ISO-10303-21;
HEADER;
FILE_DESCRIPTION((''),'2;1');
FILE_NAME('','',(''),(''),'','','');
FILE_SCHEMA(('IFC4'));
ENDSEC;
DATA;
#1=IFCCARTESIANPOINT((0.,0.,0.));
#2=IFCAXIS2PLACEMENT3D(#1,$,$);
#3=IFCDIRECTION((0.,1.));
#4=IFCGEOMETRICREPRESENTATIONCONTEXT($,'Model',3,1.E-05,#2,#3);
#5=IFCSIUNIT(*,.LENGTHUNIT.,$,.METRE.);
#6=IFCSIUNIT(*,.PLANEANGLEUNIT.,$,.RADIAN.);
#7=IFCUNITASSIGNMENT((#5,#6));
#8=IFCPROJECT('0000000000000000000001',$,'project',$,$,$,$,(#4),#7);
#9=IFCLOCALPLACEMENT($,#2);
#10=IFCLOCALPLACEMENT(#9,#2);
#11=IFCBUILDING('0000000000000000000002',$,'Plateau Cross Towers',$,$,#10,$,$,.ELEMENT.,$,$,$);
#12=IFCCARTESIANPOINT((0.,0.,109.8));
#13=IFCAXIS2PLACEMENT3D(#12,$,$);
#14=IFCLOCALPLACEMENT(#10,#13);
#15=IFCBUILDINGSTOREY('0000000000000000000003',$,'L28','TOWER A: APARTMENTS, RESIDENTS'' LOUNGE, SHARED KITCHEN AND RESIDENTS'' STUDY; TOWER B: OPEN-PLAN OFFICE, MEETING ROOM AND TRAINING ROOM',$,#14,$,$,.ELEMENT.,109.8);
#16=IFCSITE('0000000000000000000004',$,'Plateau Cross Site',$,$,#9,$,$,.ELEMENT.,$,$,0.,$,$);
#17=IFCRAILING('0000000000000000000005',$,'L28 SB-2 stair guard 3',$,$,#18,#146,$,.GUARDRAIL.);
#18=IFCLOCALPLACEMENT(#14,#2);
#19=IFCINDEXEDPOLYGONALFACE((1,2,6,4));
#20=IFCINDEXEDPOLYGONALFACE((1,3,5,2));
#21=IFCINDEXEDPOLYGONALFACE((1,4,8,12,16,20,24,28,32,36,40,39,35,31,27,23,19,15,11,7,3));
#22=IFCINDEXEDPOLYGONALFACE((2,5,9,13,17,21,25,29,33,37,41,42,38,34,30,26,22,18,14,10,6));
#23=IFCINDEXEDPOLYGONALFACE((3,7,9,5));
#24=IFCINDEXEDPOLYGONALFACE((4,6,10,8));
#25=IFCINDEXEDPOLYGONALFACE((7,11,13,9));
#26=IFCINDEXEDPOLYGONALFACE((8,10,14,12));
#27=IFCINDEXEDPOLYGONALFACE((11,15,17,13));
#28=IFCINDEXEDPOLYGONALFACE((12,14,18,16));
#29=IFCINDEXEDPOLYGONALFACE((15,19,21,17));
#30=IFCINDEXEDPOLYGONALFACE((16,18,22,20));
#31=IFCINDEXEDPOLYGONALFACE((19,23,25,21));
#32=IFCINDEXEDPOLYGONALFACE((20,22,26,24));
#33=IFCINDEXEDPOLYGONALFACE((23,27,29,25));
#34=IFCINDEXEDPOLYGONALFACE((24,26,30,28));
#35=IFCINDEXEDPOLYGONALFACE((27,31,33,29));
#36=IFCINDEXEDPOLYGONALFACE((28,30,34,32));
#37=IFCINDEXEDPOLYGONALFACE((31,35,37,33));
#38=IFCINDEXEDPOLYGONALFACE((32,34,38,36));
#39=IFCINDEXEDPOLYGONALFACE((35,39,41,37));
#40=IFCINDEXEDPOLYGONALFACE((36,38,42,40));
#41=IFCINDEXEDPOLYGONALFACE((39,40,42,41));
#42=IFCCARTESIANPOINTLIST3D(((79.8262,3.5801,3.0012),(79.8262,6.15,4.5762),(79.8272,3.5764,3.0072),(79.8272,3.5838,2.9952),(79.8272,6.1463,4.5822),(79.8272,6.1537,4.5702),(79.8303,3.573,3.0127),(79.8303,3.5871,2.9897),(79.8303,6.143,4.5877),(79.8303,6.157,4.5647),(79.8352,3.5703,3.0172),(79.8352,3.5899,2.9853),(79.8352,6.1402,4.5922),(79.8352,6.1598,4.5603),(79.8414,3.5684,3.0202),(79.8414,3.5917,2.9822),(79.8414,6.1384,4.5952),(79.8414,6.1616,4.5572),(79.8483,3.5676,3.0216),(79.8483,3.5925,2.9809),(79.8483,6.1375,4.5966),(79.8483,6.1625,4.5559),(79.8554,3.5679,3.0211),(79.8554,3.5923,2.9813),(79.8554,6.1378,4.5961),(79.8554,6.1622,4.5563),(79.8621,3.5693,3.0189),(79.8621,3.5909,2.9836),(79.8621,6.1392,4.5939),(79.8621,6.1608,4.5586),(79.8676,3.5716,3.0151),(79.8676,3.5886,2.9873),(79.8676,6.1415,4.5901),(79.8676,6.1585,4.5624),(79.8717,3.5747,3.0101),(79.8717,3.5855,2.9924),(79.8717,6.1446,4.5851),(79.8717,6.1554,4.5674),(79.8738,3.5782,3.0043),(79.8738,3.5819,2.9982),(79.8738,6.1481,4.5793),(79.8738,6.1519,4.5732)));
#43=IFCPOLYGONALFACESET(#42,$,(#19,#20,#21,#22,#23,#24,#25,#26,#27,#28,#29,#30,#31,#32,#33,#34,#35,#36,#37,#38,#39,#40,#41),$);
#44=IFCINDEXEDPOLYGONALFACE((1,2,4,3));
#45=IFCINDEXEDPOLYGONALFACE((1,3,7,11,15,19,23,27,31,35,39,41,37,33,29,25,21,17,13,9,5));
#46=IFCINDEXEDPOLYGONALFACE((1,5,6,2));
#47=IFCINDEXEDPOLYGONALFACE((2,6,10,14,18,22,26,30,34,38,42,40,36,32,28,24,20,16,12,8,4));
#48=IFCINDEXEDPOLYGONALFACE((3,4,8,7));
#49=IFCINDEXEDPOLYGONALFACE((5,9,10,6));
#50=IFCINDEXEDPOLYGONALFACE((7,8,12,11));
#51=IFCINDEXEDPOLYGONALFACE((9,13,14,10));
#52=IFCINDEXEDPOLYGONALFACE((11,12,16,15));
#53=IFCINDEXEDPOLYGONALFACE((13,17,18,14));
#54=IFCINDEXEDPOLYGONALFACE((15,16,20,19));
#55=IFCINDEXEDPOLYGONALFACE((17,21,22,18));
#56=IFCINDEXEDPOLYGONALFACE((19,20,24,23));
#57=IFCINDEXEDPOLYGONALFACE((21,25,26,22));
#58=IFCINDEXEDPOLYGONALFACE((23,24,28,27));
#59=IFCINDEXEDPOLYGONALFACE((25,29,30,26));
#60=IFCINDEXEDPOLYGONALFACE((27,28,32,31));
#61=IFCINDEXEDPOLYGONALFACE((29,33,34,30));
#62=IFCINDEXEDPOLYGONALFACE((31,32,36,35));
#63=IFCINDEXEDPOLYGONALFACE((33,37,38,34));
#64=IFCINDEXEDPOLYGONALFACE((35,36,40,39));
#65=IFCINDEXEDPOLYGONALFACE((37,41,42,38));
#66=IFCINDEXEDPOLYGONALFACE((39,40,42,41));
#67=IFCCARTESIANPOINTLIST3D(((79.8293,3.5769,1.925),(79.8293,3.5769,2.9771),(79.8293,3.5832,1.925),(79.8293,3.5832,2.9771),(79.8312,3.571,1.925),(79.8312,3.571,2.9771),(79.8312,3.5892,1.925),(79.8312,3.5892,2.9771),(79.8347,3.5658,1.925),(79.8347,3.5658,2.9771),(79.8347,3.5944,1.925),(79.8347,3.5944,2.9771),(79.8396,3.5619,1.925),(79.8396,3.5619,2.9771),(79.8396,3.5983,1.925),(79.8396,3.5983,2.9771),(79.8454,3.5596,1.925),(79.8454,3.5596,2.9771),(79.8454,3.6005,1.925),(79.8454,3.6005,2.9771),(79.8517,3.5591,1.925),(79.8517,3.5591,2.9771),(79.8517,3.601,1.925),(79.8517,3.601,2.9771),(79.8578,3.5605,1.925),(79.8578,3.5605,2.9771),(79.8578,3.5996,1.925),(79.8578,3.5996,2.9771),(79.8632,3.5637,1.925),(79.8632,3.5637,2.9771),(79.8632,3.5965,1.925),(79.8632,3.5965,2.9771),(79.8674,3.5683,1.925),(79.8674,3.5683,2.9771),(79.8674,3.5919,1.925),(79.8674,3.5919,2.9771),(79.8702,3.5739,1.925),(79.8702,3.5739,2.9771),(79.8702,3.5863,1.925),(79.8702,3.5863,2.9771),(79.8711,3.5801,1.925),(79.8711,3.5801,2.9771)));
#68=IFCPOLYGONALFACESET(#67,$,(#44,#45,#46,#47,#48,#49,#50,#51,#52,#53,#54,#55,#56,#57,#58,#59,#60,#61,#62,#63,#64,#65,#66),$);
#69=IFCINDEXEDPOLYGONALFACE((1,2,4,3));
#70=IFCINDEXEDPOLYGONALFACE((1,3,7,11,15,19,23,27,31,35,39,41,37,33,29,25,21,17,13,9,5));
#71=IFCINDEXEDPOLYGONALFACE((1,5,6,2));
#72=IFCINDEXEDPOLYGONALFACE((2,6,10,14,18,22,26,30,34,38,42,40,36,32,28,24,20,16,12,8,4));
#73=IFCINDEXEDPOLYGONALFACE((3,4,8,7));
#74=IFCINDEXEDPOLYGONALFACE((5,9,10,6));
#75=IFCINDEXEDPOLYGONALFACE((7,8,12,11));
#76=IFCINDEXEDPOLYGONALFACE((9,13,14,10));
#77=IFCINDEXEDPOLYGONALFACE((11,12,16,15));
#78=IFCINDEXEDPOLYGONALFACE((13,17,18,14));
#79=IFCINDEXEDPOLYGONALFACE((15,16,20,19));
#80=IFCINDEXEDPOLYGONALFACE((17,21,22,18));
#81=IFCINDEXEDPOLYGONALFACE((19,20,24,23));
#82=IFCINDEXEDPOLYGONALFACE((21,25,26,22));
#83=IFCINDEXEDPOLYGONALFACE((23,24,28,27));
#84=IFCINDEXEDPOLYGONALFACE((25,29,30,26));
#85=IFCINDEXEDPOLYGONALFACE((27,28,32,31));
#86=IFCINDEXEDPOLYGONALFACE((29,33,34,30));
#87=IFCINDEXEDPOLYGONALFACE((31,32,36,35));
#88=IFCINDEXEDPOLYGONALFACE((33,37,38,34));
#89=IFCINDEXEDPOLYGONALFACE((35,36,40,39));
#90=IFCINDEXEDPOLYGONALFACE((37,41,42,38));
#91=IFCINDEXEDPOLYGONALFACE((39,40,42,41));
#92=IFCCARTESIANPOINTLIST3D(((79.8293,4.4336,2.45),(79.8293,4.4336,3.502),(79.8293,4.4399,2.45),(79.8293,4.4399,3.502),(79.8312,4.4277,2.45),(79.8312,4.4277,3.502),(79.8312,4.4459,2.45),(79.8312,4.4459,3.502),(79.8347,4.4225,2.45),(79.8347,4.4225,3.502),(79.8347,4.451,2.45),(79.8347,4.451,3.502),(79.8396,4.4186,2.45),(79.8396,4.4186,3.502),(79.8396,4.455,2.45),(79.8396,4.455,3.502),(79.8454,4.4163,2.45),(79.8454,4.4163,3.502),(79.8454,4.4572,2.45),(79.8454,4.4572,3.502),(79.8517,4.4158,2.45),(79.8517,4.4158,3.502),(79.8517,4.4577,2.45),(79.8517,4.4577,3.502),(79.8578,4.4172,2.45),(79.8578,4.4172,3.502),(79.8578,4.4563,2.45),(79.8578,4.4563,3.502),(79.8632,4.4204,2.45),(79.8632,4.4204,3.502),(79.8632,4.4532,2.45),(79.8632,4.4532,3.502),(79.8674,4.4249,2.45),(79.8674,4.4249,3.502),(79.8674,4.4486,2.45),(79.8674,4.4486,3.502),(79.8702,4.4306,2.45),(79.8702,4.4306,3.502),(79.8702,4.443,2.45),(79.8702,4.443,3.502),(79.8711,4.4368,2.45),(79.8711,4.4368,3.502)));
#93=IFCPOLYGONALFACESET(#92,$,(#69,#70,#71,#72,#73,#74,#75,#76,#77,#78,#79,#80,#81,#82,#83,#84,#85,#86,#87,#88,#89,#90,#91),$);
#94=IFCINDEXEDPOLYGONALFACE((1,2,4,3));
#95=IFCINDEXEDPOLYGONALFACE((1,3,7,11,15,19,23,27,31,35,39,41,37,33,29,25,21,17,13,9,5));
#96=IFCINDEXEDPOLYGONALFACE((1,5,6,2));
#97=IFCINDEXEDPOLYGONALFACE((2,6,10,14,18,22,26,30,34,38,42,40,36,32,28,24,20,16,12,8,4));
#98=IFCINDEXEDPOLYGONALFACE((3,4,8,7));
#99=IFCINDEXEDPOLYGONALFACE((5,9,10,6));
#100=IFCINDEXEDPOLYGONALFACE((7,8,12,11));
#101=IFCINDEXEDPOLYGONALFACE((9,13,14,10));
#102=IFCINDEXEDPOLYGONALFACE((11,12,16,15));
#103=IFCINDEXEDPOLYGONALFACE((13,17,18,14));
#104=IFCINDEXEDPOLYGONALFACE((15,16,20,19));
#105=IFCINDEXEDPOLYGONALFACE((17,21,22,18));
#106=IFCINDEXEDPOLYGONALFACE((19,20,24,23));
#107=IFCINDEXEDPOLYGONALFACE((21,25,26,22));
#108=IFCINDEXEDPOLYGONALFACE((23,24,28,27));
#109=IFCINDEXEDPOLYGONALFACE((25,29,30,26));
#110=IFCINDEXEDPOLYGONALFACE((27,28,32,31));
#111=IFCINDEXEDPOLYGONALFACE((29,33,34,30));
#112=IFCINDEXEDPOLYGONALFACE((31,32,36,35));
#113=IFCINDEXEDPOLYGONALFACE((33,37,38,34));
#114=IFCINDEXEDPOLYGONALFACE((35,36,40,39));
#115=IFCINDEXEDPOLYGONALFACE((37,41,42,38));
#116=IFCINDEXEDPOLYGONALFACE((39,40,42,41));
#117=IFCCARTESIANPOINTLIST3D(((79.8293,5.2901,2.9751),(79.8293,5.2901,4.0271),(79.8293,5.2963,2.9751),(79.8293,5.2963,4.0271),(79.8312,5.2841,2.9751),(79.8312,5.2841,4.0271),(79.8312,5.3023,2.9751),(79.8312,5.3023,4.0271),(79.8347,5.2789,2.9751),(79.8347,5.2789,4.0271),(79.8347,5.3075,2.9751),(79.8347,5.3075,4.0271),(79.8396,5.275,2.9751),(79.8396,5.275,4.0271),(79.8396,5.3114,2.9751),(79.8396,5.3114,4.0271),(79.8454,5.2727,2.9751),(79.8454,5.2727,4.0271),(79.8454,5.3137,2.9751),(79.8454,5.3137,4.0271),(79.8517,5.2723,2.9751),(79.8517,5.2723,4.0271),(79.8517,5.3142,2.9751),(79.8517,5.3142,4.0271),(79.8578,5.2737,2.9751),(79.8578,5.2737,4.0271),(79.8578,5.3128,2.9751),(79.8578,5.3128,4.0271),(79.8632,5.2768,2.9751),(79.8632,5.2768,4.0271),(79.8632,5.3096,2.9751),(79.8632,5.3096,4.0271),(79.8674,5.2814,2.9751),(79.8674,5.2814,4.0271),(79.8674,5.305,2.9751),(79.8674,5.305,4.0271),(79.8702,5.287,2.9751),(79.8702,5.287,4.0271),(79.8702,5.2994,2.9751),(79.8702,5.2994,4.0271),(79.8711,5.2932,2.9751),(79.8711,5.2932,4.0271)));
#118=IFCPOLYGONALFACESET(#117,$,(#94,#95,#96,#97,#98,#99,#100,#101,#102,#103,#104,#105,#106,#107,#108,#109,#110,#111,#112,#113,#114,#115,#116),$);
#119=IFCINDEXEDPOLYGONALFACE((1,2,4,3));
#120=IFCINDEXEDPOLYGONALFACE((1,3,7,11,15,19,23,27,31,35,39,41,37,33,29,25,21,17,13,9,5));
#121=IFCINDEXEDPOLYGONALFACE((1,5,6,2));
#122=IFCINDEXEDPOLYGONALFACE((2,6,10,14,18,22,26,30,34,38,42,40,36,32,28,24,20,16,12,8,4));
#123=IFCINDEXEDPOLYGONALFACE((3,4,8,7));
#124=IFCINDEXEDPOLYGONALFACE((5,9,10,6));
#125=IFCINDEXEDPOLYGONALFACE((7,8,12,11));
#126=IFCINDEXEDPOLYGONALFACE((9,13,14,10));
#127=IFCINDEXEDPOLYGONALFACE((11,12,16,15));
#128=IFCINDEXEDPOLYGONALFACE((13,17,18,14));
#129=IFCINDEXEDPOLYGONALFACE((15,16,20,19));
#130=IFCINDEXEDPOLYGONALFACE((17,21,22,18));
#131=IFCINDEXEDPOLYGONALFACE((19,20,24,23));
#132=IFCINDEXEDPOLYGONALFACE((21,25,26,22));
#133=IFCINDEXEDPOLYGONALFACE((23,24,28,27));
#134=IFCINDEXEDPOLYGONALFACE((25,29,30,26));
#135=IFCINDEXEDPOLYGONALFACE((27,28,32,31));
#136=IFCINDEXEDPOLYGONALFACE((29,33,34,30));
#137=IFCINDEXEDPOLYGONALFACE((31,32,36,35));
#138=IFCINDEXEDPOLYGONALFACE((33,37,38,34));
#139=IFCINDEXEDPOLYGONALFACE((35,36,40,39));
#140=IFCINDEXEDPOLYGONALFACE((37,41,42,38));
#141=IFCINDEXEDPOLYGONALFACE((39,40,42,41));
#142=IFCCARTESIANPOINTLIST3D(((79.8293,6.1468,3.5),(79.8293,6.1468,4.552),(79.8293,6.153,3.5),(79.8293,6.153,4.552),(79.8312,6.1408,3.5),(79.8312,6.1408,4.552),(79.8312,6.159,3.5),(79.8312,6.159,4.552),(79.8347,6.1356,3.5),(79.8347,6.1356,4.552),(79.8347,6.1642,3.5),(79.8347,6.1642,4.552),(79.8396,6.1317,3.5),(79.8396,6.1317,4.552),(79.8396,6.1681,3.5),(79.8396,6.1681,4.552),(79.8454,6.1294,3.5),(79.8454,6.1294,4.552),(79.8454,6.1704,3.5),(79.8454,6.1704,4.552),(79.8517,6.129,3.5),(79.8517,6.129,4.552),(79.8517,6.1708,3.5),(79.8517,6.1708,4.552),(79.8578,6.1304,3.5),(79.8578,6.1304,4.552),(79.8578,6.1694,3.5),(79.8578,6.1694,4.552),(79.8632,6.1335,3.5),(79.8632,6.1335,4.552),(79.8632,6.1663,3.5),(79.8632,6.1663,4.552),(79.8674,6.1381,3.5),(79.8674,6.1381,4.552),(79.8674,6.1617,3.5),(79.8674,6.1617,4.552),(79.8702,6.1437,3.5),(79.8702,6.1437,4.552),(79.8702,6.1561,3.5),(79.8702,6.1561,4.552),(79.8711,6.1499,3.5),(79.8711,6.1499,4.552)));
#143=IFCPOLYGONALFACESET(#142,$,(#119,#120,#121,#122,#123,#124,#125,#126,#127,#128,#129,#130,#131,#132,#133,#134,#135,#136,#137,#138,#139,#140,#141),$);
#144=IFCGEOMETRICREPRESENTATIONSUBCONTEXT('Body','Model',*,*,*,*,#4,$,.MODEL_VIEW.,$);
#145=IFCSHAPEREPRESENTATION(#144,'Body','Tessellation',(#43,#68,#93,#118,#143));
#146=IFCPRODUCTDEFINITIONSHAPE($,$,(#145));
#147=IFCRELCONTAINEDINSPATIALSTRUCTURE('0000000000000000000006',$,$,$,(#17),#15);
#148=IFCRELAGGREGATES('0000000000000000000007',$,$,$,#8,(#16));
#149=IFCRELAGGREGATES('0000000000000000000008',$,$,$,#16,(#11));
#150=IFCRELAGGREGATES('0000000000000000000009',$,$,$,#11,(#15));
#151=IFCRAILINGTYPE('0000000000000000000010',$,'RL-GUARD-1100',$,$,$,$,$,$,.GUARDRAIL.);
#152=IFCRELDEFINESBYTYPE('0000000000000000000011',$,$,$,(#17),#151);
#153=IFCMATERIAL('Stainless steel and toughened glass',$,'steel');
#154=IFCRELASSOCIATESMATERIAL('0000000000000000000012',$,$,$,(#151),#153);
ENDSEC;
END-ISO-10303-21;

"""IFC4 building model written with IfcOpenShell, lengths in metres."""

from ifc_helpers import new_model, si_unit, direction, frame, origin, origin_2d, place, context, subcontext, project, spatial, circle, extrude, material, type_object, element, save


model = new_model("IFC4")

# Units and contexts
model_context = context("Model", 3, precision=1e-05, world=origin(), true_north=direction((0.0, 1.0)))
body_context = subcontext(model_context, "Body", "Model", "MODEL_VIEW")
ifc_project = project(units=[si_unit("LENGTHUNIT", "METRE"), si_unit("PLANEANGLEUNIT", "RADIAN")], contexts=[model_context])

# Site, building, storey
site_placement = place(None, origin())
site = spatial("IfcSite", under=ifc_project, at=site_placement, Name="Plateau Cross Site", CompositionType="ELEMENT", RefElevation=0.0)
building_placement = place(site_placement, origin())
building = spatial("IfcBuilding", under=site, at=building_placement, Name="Plateau Cross Towers", CompositionType="ELEMENT")
storey_placement = place(building_placement, frame((0.0, 0.0, 109.8)))
storey = spatial("IfcBuildingStorey", under=building, at=storey_placement, Name="L28", Description="TOWER A: APARTMENTS, RESIDENTS' LOUNGE, SHARED KITCHEN AND RESIDENTS' STUDY; TOWER B: OPEN-PLAN OFFICE, MEETING ROOM AND TRAINING ROOM", CompositionType="ELEMENT", Elevation=109.8)

# Railing
ifc_material_1 = material(Name="Stainless steel and toughened glass", Category="steel")
railing_type_1 = type_object("IfcRailingType", Name="RL-GUARD-1100", PredefinedType="GUARDRAIL", material=ifc_material_1)
railing_1_placement = place(storey_placement, frame((79.8501, 3.5801, 1.925)))
element("IfcRailing", 1, at=railing_1_placement, inside=storey, type_object=railing_type_1, Name="L28 SB-2 stair guard 3", PredefinedType="GUARDRAIL", context=body_context, shape_type="SweptSolid", body=[
    extrude(circle(Radius=0.0239, at=origin_2d()), frame((0.0, 0.0, 1.0762), z_axis=(0.0, 0.852616, 0.522537), x_axis=(-1.0, 0.0, 0.0)), (0.0, 0.0, 1.0), 3.0142),
    extrude(circle(Radius=0.021, at=origin_2d()), origin(), (0.0, 0.0, 1.0), 1.052),
    extrude(circle(Radius=0.021, at=origin_2d()), frame((0.0, 0.8567, 0.5249)), (0.0, 0.0, 1.0), 1.052),
    extrude(circle(Radius=0.021, at=origin_2d()), frame((0.0, 1.7131, 1.05)), (0.0, 0.0, 1.0), 1.052),
    extrude(circle(Radius=0.021, at=origin_2d()), frame((0.0, 2.5698, 1.575)), (0.0, 0.0, 1.0), 1.052),
])

save(model, "model.ifc")
